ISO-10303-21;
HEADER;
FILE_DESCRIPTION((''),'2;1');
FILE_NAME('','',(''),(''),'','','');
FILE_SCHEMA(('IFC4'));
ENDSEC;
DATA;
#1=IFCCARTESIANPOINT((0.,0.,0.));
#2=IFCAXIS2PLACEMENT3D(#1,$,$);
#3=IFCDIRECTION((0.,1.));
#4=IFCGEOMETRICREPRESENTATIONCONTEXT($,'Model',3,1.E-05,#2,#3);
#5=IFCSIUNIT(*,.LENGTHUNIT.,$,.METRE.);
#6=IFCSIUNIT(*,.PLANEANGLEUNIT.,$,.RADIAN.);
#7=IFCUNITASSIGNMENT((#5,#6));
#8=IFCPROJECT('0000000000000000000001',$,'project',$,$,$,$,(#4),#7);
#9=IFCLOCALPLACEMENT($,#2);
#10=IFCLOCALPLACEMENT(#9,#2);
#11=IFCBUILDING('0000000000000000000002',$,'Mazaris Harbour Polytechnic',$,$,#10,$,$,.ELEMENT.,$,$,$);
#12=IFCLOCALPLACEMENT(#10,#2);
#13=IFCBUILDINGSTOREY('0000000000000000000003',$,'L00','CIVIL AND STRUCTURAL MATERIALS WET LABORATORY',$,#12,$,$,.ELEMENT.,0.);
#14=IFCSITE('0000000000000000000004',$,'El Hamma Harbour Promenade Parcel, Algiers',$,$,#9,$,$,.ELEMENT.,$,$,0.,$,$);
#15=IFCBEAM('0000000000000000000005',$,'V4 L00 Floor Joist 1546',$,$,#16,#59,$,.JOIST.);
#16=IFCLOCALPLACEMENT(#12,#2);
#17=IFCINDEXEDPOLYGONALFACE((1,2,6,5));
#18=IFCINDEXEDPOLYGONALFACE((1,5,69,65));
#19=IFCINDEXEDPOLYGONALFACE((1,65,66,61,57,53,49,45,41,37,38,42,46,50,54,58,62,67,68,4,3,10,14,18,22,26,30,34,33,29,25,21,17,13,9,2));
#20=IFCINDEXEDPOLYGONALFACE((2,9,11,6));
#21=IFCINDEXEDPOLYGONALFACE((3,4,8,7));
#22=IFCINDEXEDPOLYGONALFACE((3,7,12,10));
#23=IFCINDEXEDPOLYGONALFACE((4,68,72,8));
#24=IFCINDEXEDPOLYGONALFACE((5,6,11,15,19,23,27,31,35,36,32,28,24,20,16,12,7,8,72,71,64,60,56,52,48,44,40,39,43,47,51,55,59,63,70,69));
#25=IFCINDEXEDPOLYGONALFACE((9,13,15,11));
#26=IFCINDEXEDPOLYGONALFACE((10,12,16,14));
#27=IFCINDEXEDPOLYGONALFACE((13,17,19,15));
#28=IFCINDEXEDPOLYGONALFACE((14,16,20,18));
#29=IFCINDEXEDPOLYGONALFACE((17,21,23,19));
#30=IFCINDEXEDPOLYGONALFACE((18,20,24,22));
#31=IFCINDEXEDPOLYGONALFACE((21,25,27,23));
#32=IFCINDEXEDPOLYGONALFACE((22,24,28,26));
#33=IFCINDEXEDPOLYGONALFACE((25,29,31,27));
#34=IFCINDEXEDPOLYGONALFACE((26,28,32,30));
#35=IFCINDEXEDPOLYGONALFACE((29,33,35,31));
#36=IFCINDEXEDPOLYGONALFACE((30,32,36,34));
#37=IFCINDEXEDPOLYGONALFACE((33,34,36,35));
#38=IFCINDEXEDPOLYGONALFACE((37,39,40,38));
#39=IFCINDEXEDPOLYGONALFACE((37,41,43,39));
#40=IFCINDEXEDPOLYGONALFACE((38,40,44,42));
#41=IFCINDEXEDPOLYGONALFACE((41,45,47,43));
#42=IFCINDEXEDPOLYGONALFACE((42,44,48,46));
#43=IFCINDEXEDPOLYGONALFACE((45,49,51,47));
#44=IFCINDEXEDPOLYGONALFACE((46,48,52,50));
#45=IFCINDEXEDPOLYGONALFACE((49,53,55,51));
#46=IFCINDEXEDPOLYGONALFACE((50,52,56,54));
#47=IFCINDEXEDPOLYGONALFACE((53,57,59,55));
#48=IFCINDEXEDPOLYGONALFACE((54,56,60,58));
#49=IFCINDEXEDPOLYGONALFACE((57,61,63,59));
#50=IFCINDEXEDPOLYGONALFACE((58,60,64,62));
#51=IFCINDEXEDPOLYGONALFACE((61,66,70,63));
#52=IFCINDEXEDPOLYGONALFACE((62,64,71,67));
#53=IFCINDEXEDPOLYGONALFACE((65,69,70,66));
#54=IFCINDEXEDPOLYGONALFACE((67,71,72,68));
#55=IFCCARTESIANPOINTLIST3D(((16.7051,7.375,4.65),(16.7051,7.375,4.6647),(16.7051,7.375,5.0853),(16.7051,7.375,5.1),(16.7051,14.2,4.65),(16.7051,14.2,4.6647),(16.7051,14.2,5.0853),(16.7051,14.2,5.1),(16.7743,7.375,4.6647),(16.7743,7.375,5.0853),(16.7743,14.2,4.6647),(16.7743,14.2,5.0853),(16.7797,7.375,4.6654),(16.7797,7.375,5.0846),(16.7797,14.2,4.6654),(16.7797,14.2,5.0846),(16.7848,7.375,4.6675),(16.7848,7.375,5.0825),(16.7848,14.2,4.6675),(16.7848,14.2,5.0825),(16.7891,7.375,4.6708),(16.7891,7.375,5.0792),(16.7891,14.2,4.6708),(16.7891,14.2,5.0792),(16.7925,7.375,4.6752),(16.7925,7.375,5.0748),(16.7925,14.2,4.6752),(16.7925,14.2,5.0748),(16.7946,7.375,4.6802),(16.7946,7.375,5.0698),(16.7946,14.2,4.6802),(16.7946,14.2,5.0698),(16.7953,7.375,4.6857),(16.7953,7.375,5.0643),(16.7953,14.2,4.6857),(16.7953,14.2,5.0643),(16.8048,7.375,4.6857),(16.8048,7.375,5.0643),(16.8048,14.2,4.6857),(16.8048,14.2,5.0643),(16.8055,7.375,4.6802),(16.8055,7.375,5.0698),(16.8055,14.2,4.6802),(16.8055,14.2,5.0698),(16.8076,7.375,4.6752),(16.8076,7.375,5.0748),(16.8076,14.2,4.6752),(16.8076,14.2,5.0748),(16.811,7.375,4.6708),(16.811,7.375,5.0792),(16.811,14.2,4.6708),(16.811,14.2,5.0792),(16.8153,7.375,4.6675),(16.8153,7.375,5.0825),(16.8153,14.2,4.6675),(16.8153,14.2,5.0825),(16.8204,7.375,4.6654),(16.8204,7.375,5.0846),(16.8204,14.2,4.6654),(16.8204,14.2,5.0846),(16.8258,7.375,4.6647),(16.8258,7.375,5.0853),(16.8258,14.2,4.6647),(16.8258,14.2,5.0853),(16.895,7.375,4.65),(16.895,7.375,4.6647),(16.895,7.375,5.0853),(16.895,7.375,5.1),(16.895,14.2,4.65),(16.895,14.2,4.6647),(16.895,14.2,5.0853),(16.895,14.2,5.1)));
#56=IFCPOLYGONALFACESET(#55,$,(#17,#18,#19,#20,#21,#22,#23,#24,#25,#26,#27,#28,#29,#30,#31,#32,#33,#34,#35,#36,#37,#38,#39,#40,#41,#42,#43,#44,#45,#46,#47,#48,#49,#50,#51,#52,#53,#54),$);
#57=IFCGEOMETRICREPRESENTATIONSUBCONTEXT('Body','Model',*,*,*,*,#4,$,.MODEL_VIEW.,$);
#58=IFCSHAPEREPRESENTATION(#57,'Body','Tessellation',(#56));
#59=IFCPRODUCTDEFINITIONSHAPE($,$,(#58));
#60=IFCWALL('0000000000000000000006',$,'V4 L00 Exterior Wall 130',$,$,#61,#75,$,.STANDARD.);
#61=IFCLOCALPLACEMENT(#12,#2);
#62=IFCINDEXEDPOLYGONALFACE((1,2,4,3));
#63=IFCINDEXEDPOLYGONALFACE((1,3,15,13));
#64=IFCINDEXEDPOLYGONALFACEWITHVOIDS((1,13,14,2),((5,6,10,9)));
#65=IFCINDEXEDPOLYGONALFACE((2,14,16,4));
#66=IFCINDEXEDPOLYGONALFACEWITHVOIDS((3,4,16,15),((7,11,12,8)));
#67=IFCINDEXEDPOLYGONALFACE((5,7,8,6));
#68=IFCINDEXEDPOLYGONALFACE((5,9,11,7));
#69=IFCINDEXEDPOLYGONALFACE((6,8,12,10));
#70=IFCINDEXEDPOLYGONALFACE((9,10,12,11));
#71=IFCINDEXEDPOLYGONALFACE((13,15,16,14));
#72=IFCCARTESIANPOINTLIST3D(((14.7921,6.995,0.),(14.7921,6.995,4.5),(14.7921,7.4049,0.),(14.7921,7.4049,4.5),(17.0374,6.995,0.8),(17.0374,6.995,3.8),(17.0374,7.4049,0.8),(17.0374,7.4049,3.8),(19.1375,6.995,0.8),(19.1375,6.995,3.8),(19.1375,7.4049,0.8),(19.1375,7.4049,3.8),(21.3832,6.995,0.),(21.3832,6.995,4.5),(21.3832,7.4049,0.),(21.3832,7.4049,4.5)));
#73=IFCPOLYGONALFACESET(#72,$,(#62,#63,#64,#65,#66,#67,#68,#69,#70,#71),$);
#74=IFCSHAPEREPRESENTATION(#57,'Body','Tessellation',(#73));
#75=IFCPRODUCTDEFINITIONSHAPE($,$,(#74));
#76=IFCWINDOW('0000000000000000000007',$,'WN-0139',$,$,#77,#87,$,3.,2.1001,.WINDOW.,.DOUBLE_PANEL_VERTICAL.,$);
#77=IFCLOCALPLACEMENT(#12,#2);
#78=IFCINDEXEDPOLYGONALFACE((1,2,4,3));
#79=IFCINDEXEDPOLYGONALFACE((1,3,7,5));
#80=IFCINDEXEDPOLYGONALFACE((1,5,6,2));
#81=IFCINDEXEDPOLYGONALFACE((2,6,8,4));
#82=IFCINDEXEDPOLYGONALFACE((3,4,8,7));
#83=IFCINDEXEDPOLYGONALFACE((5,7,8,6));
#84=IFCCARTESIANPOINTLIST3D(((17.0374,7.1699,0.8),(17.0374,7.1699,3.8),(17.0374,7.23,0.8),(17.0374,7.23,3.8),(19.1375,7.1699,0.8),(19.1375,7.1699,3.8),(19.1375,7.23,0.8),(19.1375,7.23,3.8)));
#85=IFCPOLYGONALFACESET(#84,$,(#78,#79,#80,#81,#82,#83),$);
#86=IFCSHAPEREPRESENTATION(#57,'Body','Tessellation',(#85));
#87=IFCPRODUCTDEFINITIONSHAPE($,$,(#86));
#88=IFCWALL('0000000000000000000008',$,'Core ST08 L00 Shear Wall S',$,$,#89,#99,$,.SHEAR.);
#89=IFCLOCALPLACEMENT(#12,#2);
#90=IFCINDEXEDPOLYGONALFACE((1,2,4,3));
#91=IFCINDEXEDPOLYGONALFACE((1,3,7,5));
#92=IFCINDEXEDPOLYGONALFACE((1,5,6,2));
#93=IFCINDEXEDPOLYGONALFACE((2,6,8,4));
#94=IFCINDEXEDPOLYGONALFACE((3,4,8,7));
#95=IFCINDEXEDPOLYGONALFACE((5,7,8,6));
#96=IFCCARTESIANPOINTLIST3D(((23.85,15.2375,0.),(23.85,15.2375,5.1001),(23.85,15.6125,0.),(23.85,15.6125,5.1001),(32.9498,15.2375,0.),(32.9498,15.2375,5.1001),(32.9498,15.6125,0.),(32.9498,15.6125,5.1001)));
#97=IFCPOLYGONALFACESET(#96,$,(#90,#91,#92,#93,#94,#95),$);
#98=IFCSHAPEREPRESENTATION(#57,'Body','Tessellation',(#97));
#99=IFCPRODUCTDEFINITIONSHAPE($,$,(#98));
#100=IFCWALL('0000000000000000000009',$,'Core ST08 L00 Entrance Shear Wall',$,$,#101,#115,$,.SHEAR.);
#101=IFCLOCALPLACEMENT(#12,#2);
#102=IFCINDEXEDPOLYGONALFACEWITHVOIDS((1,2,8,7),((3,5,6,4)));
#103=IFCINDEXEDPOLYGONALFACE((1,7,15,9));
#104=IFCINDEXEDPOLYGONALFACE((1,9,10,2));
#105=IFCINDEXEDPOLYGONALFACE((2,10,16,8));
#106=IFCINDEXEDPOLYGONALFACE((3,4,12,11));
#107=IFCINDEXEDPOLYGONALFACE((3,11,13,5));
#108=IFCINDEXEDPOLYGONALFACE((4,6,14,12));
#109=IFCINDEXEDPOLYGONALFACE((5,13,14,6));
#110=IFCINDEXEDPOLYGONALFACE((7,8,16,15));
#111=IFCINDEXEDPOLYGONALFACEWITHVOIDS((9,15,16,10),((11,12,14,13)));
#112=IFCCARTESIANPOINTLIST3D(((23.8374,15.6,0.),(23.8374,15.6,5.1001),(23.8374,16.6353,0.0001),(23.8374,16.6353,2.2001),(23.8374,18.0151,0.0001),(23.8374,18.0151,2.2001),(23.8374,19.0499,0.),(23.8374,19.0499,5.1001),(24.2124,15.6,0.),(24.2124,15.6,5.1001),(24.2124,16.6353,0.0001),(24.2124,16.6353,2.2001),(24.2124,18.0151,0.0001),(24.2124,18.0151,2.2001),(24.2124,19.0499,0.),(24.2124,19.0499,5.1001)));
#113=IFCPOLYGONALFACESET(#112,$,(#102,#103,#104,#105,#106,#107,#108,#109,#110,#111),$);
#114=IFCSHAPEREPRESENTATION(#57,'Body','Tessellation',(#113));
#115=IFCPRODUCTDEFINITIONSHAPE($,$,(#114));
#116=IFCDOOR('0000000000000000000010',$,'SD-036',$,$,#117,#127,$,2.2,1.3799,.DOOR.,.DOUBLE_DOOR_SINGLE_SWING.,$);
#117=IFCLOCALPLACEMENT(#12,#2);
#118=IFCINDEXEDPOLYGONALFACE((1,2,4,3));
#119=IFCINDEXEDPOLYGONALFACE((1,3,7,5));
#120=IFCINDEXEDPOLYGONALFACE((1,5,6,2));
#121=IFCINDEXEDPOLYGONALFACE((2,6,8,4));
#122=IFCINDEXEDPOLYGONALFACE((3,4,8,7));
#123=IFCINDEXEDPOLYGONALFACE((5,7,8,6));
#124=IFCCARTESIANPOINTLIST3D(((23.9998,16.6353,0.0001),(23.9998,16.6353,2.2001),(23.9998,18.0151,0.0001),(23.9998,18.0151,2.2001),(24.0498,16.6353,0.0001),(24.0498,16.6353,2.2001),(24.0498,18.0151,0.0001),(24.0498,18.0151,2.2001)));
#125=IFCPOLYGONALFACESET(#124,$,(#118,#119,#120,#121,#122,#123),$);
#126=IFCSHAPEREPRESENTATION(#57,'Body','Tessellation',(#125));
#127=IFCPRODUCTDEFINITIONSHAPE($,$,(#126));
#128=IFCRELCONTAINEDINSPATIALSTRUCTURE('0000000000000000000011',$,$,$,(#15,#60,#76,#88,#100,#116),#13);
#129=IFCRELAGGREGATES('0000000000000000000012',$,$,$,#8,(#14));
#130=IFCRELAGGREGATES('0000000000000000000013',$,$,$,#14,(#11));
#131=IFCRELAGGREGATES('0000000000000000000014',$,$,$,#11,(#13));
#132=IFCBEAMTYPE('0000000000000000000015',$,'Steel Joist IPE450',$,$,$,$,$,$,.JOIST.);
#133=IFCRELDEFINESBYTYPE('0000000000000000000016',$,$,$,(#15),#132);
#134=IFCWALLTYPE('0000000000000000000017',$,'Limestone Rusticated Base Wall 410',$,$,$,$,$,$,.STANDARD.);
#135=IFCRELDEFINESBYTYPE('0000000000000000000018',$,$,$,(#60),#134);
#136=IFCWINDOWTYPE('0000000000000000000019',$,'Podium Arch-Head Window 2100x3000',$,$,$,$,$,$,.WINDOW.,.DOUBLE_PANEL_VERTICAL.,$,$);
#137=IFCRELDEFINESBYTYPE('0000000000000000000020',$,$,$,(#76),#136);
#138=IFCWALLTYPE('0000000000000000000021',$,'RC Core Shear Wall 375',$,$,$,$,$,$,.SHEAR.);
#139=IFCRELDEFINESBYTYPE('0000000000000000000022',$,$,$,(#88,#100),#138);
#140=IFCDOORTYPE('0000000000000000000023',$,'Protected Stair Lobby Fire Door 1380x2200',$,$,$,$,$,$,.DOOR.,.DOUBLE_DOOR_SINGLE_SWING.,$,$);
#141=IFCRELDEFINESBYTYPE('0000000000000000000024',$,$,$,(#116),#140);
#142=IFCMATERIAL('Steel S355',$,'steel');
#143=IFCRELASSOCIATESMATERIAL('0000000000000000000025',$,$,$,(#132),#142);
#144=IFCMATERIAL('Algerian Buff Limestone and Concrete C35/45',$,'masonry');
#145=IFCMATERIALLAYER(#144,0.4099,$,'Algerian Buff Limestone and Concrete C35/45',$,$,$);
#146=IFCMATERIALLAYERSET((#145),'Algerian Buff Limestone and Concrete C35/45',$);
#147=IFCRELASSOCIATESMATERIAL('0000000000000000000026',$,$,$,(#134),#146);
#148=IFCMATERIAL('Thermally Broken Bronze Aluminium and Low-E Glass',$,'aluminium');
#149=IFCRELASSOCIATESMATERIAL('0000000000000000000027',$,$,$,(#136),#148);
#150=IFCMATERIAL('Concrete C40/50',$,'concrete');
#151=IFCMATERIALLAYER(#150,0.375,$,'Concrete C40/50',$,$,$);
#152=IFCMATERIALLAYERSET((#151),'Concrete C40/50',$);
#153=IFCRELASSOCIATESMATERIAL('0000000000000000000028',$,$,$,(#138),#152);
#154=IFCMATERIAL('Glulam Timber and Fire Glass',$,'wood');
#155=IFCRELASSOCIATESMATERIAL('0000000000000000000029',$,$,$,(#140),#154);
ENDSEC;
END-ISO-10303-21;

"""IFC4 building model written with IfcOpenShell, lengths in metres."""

from ifc_helpers import new_model, si_unit, direction, frame, frame_2d, origin, origin_2d, place, context, subcontext, project, spatial, rectangle, i_section, extrude, material, layer, layer_set, material_profile, profile_set, type_object, element, fill, save


model = new_model("IFC4")

# Units and contexts
model_context = context("Model", 3, precision=1e-05, world=origin(), true_north=direction((0.0, 1.0)))
body_context = subcontext(model_context, "Body", "Model", "MODEL_VIEW")
ifc_project = project(units=[si_unit("LENGTHUNIT", "METRE"), si_unit("PLANEANGLEUNIT", "RADIAN")], contexts=[model_context])

# Site, building, storey
site_placement = place(None, origin())
site = spatial("IfcSite", under=ifc_project, at=site_placement, Name="El Hamma Harbour Promenade Parcel, Algiers", CompositionType="ELEMENT", RefElevation=0.0)
building_placement = place(site_placement, origin())
building = spatial("IfcBuilding", under=site, at=building_placement, Name="Mazaris Harbour Polytechnic", CompositionType="ELEMENT")
storey_placement = place(building_placement, origin())
storey = spatial("IfcBuildingStorey", under=building, at=storey_placement, Name="L00", Description="CIVIL AND STRUCTURAL MATERIALS WET LABORATORY", CompositionType="ELEMENT", Elevation=0.0)

# Beam
ifc_material_1 = material(Name="Steel S355", Category="steel")
ifc_material_profile_1 = material_profile(ifc_material_1, i_section(OverallWidth=0.1899, OverallDepth=0.45, WebThickness=0.0095, FlangeThickness=0.0146, FilletRadius=0.021, at=origin_2d()), Name="IPE 450")
ifc_profile_set_1 = profile_set([ifc_material_profile_1], Name="Steel S355")
beam_type_1 = type_object("IfcBeamType", Name="Steel Joist IPE450", PredefinedType="JOIST", material=ifc_profile_set_1)
beam_1_placement = place(storey_placement, frame((16.8, 7.375, 4.875), z_axis=(0.0, 1.0, 0.0), x_axis=(-1.0, 0.0, 0.0)))
element("IfcBeam", 1, at=beam_1_placement, inside=storey, type_object=beam_type_1, Name="V4 L00 Floor Joist 1546", PredefinedType="JOIST", context=body_context, shape_type="SweptSolid", body=[
    extrude(i_section(OverallWidth=0.1899, OverallDepth=0.45, WebThickness=0.0095, FlangeThickness=0.0146, FilletRadius=0.021, at=origin_2d()), origin(), (0.0, 0.0, 1.0), 6.825),
])

# Wall, opening, window
ifc_material_2 = material(Name="Algerian Buff Limestone and Concrete C35/45", Category="masonry")
ifc_layer_1 = layer(ifc_material_2, 0.4099, Name="Algerian Buff Limestone and Concrete C35/45")
ifc_layer_set_1 = layer_set([ifc_layer_1], Name="Algerian Buff Limestone and Concrete C35/45")
wall_type_1 = type_object("IfcWallType", Name="Limestone Rusticated Base Wall 410", PredefinedType="STANDARD", material=ifc_layer_set_1)
wall_1_placement = place(storey_placement, frame((21.3831, 7.2, 0.0), z_axis=(0.0, 0.0, 1.0), x_axis=(-1.0, 0.0, 0.0)))
wall_1 = element("IfcWall", 2, at=wall_1_placement, inside=storey, type_object=wall_type_1, Name="V4 L00 Exterior Wall 130", PredefinedType="STANDARD", context=body_context, shape_type="SweptSolid", body=[
    extrude(rectangle(XDim=6.5911, YDim=0.4099, at=frame_2d((3.2954, 0.0))), origin(), (0.0, 0.0, 1.0), 4.5),
])
opening_1_placement = place(wall_1_placement, frame((2.2456, 0.0, 0.8)))
opening_1 = element("IfcOpeningElement", 3, at=opening_1_placement, cuts=wall_1, PredefinedType="OPENING", context=body_context, shape_type="SweptSolid", body=[
    extrude(rectangle(XDim=2.1001, YDim=3.0, at=frame_2d((1.05, 1.5))), frame((0.0, 0.2148, 0.0), z_axis=(0.0, -1.0, 0.0), x_axis=(1.0, 0.0, 0.0)), (0.0, 0.0, 1.0), 0.4299),
])
ifc_material_3 = material(Name="Thermally Broken Bronze Aluminium and Low-E Glass", Category="aluminium")
window_type = type_object("IfcWindowType", Name="Podium Arch-Head Window 2100x3000", PartitioningType="DOUBLE_PANEL_VERTICAL", PredefinedType="WINDOW", material=ifc_material_3)
window_placement = place(opening_1_placement, origin())
window = element("IfcWindow", 4, at=window_placement, inside=storey, type_object=window_type, Name="WN-0139", OverallHeight=3.0, OverallWidth=2.1001, PartitioningType="DOUBLE_PANEL_VERTICAL", PredefinedType="WINDOW", context=body_context, shape_type="SweptSolid", body=[
    extrude(rectangle(XDim=2.1001, YDim=3.0, at=frame_2d((1.05, 1.5))), frame((0.0, 0.03, 0.0), z_axis=(0.0, -1.0, 0.0), x_axis=(1.0, 0.0, 0.0)), (0.0, 0.0, 1.0), 0.0601),
])
fill(opening_1, window)

# Wall
ifc_material_4 = material(Name="Concrete C40/50", Category="concrete")
ifc_layer_2 = layer(ifc_material_4, 0.375, Name="Concrete C40/50")
ifc_layer_set_2 = layer_set([ifc_layer_2], Name="Concrete C40/50")
wall_type_2 = type_object("IfcWallType", Name="RC Core Shear Wall 375", PredefinedType="SHEAR", material=ifc_layer_set_2)
wall_2_placement = place(storey_placement, frame((23.8501, 15.425, 0.0), z_axis=(0.0, 0.0, 1.0), x_axis=(1.0, 0.0, 0.0)))
element("IfcWall", 5, at=wall_2_placement, inside=storey, type_object=wall_type_2, Name="Core ST08 L00 Shear Wall S", PredefinedType="SHEAR", context=body_context, shape_type="SweptSolid", body=[
    extrude(rectangle(XDim=9.0999, YDim=0.375, at=frame_2d((4.5498, 0.0))), origin(), (0.0, 0.0, 1.0), 5.1001),
])

# Wall, opening, door
wall_3_placement = place(storey_placement, frame((24.0249, 19.05, 0.0), z_axis=(0.0, 0.0, 1.0), x_axis=(0.0, -1.0, 0.0)))
wall_3 = element("IfcWall", 6, at=wall_3_placement, inside=storey, type_object=wall_type_2, Name="Core ST08 L00 Entrance Shear Wall", PredefinedType="SHEAR", context=body_context, shape_type="SweptSolid", body=[
    extrude(rectangle(XDim=3.45, YDim=0.375, at=frame_2d((1.7251, 0.0))), origin(), (0.0, 0.0, 1.0), 5.1001),
])
opening_2_placement = place(wall_3_placement, frame((1.0349, 0.0, 0.0)))
opening_2 = element("IfcOpeningElement", 7, at=opening_2_placement, cuts=wall_3, PredefinedType="OPENING", context=body_context, shape_type="SweptSolid", body=[
    extrude(rectangle(XDim=1.3799, YDim=2.2, at=frame_2d((0.6899, 1.1001))), frame((0.0, 0.1975, 0.0), z_axis=(0.0, -1.0, 0.0), x_axis=(1.0, 0.0, 0.0)), (0.0, 0.0, 1.0), 0.395),
])
ifc_material_5 = material(Name="Glulam Timber and Fire Glass", Category="wood")
door_type = type_object("IfcDoorType", Name="Protected Stair Lobby Fire Door 1380x2200", OperationType="DOUBLE_DOOR_SINGLE_SWING", PredefinedType="DOOR", material=ifc_material_5)
door_placement = place(opening_2_placement, origin())
door = element("IfcDoor", 8, at=door_placement, inside=storey, type_object=door_type, Name="SD-036", OperationType="DOUBLE_DOOR_SINGLE_SWING", OverallHeight=2.2, OverallWidth=1.3799, PredefinedType="DOOR", context=body_context, shape_type="SweptSolid", body=[
    extrude(rectangle(XDim=1.3799, YDim=2.2, at=frame_2d((0.6899, 1.1001))), frame((0.0, 0.0249, 0.0), z_axis=(0.0, -1.0, 0.0), x_axis=(1.0, 0.0, 0.0)), (0.0, 0.0, 1.0), 0.05),
])
fill(opening_2, door)

save(model, "model.ifc")
